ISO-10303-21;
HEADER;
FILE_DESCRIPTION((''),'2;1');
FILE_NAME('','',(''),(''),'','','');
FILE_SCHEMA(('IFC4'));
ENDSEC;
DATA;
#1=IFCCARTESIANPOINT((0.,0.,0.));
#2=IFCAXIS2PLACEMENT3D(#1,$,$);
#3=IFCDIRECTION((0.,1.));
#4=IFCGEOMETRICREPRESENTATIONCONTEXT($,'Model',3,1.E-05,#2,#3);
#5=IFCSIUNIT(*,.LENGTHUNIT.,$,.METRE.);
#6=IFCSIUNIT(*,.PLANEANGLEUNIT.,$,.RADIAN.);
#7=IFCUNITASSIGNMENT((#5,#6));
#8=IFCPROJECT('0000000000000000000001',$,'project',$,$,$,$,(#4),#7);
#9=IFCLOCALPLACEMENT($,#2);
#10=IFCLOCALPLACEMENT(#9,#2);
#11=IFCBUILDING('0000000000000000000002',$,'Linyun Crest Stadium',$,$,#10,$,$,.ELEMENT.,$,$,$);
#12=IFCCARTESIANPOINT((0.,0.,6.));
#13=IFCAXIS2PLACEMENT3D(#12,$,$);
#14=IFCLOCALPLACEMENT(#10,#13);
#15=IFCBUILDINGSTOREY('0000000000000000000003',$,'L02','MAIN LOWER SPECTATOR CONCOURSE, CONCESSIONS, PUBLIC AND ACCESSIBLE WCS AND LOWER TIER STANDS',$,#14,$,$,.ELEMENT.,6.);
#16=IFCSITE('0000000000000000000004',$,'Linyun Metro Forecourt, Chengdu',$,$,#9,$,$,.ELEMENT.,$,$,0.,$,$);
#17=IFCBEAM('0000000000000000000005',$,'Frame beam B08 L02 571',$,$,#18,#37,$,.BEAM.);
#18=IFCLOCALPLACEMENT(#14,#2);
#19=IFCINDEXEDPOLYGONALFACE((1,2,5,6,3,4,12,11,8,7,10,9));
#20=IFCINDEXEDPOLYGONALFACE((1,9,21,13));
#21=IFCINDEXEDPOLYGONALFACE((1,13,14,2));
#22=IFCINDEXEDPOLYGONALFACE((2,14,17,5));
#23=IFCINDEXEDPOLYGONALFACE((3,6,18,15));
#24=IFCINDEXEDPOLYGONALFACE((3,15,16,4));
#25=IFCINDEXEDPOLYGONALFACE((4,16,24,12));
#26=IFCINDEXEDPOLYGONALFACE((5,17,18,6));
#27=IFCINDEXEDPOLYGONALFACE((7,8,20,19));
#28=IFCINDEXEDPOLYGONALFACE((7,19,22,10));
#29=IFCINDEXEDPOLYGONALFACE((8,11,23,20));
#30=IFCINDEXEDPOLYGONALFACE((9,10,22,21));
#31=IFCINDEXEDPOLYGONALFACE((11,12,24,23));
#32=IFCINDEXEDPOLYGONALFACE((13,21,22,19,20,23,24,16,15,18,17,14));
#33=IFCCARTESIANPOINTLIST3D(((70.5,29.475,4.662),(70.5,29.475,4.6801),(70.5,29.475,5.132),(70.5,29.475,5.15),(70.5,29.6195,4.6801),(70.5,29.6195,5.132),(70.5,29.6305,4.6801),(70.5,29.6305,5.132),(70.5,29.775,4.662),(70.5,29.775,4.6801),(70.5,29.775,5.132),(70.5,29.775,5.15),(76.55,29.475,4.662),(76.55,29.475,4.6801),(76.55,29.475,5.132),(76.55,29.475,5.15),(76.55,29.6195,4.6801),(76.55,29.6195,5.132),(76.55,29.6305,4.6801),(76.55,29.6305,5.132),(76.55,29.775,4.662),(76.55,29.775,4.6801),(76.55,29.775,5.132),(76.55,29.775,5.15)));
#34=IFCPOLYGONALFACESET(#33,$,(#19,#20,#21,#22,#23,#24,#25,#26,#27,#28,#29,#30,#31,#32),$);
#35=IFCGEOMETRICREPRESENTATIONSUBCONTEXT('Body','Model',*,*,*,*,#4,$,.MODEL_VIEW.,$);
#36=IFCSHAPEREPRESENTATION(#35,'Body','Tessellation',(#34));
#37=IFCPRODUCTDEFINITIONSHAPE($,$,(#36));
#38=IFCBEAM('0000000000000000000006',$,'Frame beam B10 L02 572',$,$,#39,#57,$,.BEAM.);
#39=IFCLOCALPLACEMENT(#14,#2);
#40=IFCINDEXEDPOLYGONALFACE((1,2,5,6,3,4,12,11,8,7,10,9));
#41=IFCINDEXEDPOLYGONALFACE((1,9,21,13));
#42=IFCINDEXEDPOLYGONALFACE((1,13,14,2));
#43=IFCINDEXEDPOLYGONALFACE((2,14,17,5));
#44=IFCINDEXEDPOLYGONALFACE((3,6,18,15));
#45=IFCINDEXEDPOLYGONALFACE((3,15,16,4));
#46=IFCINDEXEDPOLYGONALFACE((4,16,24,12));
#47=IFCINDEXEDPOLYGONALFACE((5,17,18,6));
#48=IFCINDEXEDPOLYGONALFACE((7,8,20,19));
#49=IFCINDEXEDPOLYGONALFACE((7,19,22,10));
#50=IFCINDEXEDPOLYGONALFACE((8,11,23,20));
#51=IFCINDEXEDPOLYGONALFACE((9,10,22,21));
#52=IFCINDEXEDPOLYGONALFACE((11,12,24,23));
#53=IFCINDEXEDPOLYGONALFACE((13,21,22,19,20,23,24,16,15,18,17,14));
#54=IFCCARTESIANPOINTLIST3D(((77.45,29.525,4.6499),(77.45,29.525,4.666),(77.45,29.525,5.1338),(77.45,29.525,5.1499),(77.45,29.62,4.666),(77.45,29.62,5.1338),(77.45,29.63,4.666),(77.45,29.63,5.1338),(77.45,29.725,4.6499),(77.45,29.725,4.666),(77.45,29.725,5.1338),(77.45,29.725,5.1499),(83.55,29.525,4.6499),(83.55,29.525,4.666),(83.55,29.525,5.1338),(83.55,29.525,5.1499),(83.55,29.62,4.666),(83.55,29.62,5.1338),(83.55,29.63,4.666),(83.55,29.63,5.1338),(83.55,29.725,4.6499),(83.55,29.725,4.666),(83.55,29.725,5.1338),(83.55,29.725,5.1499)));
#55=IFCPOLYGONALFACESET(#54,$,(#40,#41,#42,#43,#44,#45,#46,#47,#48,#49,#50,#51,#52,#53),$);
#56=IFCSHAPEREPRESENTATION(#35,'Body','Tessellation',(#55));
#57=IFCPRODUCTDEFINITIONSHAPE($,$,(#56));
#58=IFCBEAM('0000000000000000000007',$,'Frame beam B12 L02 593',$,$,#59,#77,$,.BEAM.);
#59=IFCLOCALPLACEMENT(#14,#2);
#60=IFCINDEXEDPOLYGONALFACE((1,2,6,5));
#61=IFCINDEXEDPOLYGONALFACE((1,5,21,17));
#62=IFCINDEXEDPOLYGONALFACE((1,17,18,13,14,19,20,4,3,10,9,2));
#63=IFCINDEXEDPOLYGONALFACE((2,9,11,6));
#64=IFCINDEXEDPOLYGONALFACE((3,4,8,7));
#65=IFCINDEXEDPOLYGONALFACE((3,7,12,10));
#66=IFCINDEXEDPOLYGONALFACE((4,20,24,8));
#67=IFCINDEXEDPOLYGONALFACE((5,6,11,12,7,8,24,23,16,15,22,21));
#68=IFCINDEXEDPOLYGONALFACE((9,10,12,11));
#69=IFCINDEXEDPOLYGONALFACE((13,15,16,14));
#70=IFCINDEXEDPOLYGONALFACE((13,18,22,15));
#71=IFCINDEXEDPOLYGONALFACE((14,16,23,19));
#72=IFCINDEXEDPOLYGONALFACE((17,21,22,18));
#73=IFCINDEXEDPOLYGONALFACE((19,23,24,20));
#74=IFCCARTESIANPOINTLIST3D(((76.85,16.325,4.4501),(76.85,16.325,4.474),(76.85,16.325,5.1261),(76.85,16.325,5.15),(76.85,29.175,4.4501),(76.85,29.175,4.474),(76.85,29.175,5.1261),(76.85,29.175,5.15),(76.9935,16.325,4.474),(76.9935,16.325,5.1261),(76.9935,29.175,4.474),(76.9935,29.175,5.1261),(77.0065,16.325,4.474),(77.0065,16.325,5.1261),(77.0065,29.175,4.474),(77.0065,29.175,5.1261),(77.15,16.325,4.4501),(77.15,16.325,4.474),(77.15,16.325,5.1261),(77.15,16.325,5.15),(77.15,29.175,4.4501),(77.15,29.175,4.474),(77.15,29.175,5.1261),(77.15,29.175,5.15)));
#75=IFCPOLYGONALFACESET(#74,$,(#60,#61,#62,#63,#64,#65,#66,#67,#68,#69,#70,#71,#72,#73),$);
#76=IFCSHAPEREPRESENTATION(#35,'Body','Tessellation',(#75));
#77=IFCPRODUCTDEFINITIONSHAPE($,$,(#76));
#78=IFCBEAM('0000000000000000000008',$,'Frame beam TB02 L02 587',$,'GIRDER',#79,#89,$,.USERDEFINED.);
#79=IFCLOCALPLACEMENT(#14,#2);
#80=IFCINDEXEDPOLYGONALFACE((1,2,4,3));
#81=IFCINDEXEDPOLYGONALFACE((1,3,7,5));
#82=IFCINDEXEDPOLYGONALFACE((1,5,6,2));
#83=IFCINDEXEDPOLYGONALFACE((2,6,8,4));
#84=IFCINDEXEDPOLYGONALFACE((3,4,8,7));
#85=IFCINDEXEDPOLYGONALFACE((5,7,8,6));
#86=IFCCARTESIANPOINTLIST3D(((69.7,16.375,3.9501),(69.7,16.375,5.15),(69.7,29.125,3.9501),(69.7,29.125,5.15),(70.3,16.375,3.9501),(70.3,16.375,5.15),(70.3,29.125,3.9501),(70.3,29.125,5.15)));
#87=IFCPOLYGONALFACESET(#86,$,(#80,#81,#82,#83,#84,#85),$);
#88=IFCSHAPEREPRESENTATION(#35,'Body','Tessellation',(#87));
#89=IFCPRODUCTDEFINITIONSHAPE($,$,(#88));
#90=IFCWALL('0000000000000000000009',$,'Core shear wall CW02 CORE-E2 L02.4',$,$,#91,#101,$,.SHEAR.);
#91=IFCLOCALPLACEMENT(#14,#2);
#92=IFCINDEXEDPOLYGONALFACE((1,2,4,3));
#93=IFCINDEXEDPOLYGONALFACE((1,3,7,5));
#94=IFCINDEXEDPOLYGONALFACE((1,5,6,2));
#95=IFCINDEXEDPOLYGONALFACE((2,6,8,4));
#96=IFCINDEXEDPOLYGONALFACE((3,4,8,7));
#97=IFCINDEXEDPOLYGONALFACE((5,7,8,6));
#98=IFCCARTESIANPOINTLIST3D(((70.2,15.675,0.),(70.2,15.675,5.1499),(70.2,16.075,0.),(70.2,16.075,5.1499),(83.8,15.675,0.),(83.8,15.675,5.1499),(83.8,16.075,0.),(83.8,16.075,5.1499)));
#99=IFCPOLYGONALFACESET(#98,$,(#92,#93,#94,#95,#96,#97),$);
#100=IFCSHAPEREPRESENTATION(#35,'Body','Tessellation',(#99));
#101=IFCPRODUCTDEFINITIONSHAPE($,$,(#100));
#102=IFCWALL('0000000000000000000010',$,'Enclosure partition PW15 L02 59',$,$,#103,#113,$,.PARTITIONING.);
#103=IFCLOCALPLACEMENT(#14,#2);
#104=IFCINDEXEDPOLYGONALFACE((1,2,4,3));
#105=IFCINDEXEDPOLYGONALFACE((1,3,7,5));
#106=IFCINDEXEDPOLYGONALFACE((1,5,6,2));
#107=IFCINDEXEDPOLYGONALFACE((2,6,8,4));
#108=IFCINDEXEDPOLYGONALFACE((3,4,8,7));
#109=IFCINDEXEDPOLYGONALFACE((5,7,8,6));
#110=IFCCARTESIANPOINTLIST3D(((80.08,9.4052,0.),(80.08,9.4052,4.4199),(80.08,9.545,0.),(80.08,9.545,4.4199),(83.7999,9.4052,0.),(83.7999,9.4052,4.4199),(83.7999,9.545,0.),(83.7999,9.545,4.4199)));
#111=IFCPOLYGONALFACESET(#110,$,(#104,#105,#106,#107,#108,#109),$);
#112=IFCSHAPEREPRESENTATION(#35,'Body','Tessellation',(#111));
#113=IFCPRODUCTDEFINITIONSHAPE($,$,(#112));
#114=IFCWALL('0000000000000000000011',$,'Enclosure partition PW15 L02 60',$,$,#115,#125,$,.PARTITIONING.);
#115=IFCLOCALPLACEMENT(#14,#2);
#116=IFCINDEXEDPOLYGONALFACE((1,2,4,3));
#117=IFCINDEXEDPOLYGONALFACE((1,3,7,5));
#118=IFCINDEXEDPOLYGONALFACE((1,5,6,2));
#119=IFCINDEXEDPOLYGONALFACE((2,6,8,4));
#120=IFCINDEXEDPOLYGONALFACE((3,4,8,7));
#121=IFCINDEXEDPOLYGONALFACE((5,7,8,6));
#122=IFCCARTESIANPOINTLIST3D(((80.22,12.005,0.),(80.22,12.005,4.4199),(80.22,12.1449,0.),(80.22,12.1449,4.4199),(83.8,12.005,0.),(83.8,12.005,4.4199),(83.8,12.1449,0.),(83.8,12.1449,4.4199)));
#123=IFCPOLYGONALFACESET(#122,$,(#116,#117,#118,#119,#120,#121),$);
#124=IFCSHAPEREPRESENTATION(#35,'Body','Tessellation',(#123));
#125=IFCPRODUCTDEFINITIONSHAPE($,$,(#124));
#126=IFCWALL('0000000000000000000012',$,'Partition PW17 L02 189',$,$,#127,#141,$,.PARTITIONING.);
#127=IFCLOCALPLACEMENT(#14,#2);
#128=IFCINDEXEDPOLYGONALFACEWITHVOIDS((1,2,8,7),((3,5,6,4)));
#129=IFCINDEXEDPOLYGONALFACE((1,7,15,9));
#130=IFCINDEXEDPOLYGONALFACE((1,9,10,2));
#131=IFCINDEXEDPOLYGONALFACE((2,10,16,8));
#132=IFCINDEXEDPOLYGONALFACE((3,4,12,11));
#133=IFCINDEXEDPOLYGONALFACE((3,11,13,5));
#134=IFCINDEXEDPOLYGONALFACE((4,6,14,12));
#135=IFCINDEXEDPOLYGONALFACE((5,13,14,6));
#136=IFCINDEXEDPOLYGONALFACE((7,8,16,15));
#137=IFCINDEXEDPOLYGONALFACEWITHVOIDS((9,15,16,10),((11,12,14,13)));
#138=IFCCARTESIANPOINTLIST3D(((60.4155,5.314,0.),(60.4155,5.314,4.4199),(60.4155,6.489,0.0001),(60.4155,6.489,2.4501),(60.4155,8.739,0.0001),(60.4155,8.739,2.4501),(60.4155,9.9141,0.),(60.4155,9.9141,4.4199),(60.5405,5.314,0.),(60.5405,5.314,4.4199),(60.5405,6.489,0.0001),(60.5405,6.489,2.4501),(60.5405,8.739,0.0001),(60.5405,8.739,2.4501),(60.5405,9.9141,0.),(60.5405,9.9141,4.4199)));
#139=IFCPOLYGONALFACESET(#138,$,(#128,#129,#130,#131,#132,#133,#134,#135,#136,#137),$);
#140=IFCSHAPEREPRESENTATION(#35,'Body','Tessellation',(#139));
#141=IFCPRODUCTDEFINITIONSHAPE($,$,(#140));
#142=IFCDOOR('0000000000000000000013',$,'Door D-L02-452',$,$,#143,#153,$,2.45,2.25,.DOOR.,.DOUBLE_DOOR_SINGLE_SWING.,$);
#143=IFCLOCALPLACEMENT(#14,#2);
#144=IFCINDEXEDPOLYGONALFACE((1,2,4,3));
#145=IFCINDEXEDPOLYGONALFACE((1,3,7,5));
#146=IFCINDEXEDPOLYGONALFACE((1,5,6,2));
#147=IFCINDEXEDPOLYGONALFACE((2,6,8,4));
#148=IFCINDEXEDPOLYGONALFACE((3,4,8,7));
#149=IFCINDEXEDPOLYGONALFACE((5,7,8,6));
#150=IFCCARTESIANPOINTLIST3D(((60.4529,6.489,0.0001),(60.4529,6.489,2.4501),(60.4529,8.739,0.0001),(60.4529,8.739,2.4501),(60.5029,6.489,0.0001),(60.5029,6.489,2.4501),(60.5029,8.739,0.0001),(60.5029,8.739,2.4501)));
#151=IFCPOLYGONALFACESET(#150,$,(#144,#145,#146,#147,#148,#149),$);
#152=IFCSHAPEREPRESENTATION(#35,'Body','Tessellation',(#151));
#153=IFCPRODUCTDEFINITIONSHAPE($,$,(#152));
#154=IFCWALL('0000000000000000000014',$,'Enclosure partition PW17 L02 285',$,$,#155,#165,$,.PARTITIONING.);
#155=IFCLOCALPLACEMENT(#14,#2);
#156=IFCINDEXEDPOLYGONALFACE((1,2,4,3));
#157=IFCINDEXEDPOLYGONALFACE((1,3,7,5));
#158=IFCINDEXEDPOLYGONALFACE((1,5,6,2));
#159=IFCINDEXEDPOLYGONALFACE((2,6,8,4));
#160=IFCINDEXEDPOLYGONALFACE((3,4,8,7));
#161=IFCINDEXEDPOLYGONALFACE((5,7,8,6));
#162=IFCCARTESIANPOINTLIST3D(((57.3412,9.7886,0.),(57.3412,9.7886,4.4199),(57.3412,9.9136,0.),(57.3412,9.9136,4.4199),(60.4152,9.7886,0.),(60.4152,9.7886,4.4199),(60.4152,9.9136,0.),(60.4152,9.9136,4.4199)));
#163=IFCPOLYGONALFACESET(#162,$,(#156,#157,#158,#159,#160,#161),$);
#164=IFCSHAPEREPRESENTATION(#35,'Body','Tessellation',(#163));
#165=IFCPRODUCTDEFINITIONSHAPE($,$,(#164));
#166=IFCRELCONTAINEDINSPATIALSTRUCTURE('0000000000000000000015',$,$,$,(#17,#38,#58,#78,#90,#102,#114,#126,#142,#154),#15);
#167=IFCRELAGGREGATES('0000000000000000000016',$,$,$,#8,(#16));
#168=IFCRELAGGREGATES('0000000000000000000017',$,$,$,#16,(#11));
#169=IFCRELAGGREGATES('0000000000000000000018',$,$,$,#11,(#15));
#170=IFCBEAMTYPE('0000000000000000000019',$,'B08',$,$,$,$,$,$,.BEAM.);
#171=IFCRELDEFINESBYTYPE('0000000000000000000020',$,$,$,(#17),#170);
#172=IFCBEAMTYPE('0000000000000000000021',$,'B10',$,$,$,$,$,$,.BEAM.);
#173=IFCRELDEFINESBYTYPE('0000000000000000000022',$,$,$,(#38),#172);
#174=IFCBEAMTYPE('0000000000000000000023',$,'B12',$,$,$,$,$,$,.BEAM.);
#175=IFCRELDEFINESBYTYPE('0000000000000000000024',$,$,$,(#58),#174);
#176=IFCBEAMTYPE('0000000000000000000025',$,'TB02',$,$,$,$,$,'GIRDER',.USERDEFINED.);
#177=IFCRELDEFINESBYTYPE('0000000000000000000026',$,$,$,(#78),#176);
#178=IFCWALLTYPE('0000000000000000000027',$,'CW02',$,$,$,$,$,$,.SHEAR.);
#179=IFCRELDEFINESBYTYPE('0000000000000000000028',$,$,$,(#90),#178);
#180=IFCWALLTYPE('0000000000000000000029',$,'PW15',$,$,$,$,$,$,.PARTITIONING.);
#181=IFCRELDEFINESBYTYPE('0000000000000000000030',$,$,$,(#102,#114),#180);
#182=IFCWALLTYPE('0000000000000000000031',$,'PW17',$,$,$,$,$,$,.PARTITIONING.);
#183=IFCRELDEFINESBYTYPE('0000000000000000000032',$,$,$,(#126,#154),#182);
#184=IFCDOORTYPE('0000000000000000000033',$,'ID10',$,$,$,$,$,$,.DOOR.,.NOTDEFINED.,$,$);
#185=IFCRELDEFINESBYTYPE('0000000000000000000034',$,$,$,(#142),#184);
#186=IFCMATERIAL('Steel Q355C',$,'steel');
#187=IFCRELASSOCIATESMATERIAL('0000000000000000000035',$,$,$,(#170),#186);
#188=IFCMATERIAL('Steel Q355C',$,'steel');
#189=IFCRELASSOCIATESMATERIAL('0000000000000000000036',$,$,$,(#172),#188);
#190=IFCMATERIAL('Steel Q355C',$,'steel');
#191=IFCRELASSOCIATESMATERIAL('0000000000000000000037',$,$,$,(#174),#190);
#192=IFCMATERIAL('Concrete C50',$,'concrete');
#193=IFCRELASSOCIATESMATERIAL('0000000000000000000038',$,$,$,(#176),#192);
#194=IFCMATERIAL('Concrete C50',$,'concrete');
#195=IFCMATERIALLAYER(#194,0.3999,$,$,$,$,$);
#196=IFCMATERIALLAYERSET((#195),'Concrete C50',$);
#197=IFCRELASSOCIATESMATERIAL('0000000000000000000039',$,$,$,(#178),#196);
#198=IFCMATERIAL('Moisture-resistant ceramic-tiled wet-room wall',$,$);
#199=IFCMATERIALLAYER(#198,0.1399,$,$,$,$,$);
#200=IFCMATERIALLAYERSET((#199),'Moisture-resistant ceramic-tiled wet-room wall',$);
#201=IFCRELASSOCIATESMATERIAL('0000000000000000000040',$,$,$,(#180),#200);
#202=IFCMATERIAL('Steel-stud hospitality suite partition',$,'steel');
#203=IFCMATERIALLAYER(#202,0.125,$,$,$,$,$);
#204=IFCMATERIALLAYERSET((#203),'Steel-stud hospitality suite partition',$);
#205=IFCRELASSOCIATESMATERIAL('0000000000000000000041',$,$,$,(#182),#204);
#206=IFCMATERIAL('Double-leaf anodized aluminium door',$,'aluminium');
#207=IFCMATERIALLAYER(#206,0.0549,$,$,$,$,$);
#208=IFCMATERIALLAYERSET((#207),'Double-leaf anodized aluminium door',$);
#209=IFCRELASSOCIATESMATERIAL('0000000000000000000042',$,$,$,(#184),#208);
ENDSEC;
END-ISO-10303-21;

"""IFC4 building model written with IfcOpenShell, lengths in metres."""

from ifc_helpers import new_model, si_unit, direction, frame, frame_2d, origin, origin_2d, place, context, subcontext, project, spatial, rectangle, i_section, extrude, material, layer, layer_set, material_profile, profile_set, type_object, element, fill, save


model = new_model("IFC4")

# Units and contexts
model_context = context("Model", 3, precision=1e-05, world=origin(), true_north=direction((0.0, 1.0)))
body_context = subcontext(model_context, "Body", "Model", "MODEL_VIEW")
ifc_project = project(units=[si_unit("LENGTHUNIT", "METRE"), si_unit("PLANEANGLEUNIT", "RADIAN")], contexts=[model_context])

# Site, building, storey
site_placement = place(None, origin())
site = spatial("IfcSite", under=ifc_project, at=site_placement, Name="Linyun Metro Forecourt, Chengdu", CompositionType="ELEMENT", RefElevation=0.0)
building_placement = place(site_placement, origin())
building = spatial("IfcBuilding", under=site, at=building_placement, Name="Linyun Crest Stadium", CompositionType="ELEMENT")
storey_placement = place(building_placement, frame((0.0, 0.0, 6.0)))
storey = spatial("IfcBuildingStorey", under=building, at=storey_placement, Name="L02", Description="MAIN LOWER SPECTATOR CONCOURSE, CONCESSIONS, PUBLIC AND ACCESSIBLE WCS AND LOWER TIER STANDS", CompositionType="ELEMENT", Elevation=6.0)

# Beams
ifc_material_1 = material(Name="Steel Q355C", Category="steel")
ifc_material_profile_1 = material_profile(ifc_material_1, i_section(OverallWidth=0.3, OverallDepth=0.488, WebThickness=0.011, FlangeThickness=0.0181, at=origin_2d()), Name="HM 488x300")
ifc_profile_set_1 = profile_set([ifc_material_profile_1], Name="Steel Q355C")
beam_type_1 = type_object("IfcBeamType", Name="B08", PredefinedType="BEAM", material=ifc_profile_set_1)
beam_1_placement = place(storey_placement, frame((70.5, 29.625, 4.906), z_axis=(1.0, 0.0, 0.0), x_axis=(0.0, 1.0, 0.0)))
element("IfcBeam", 1, at=beam_1_placement, inside=storey, type_object=beam_type_1, Name="Frame beam B08 L02 571", PredefinedType="BEAM", context=body_context, shape_type="SweptSolid", body=[
    extrude(i_section(OverallWidth=0.3, OverallDepth=0.488, WebThickness=0.011, FlangeThickness=0.0181, at=origin_2d()), origin(), (0.0, 0.0, 1.0), 6.05),
])
ifc_material_2 = material(Name="Steel Q355C", Category="steel")
ifc_material_profile_2 = material_profile(ifc_material_2, i_section(OverallWidth=0.2, OverallDepth=0.5, WebThickness=0.01, FlangeThickness=0.0161, at=origin_2d()), Name="HN 500x200")
ifc_profile_set_2 = profile_set([ifc_material_profile_2], Name="Steel Q355C")
beam_type_2 = type_object("IfcBeamType", Name="B10", PredefinedType="BEAM", material=ifc_profile_set_2)
beam_2_placement = place(storey_placement, frame((77.45, 29.625, 4.8999), z_axis=(1.0, 0.0, 0.0), x_axis=(0.0, 1.0, 0.0)))
element("IfcBeam", 2, at=beam_2_placement, inside=storey, type_object=beam_type_2, Name="Frame beam B10 L02 572", PredefinedType="BEAM", context=body_context, shape_type="SweptSolid", body=[
    extrude(i_section(OverallWidth=0.2, OverallDepth=0.5, WebThickness=0.01, FlangeThickness=0.0161, at=origin_2d()), origin(), (0.0, 0.0, 1.0), 6.1001),
])
ifc_material_3 = material(Name="Steel Q355C", Category="steel")
ifc_material_profile_3 = material_profile(ifc_material_3, i_section(OverallWidth=0.3, OverallDepth=0.7, WebThickness=0.0129, FlangeThickness=0.0239, at=origin_2d()), Name="HN 700x300")
ifc_profile_set_3 = profile_set([ifc_material_profile_3], Name="Steel Q355C")
beam_type_3 = type_object("IfcBeamType", Name="B12", PredefinedType="BEAM", material=ifc_profile_set_3)
beam_3_placement = place(storey_placement, frame((77.0, 16.325, 4.8), z_axis=(0.0, 1.0, 0.0), x_axis=(-1.0, 0.0, 0.0)))
element("IfcBeam", 3, at=beam_3_placement, inside=storey, type_object=beam_type_3, Name="Frame beam B12 L02 593", PredefinedType="BEAM", context=body_context, shape_type="SweptSolid", body=[
    extrude(i_section(OverallWidth=0.3, OverallDepth=0.7, WebThickness=0.0129, FlangeThickness=0.0239, at=origin_2d()), origin(), (0.0, 0.0, 1.0), 12.8501),
])
ifc_material_4 = material(Name="Concrete C50", Category="concrete")
ifc_material_profile_4 = material_profile(ifc_material_4, rectangle(XDim=0.6001, YDim=1.2, at=origin_2d()), Name="RCB 1200x600")
ifc_profile_set_4 = profile_set([ifc_material_profile_4], Name="Concrete C50")
beam_type_4 = type_object("IfcBeamType", Name="TB02", ElementType="GIRDER", PredefinedType="USERDEFINED", material=ifc_profile_set_4)
beam_4_placement = place(storey_placement, frame((70.0, 16.375, 4.55), z_axis=(0.0, 1.0, 0.0), x_axis=(-1.0, 0.0, 0.0)))
element("IfcBeam", 4, at=beam_4_placement, inside=storey, type_object=beam_type_4, Name="Frame beam TB02 L02 587", ObjectType="GIRDER", PredefinedType="USERDEFINED", context=body_context, shape_type="SweptSolid", body=[
    extrude(rectangle(XDim=0.6001, YDim=1.2, at=origin_2d()), origin(), (0.0, 0.0, 1.0), 12.75),
])

# Wall
ifc_material_5 = material(Name="Concrete C50", Category="concrete")
ifc_layer_1 = layer(ifc_material_5, 0.3999)
ifc_layer_set_1 = layer_set([ifc_layer_1], Name="Concrete C50")
wall_type_1 = type_object("IfcWallType", Name="CW02", PredefinedType="SHEAR", material=ifc_layer_set_1)
wall_1_placement = place(storey_placement, frame((70.2, 15.875, 0.0), z_axis=(0.0, 0.0, 1.0), x_axis=(1.0, 0.0, 0.0)))
element("IfcWall", 5, at=wall_1_placement, inside=storey, type_object=wall_type_1, Name="Core shear wall CW02 CORE-E2 L02.4", PredefinedType="SHEAR", context=body_context, shape_type="SweptSolid", body=[
    extrude(rectangle(XDim=13.6001, YDim=0.3999, at=frame_2d((6.8, 0.0))), origin(), (0.0, 0.0, 1.0), 5.1499),
])

# Shared definitions
ifc_material_6 = material(Name="Moisture-resistant ceramic-tiled wet-room wall")
ifc_layer_2 = layer(ifc_material_6, 0.1399)
ifc_layer_set_2 = layer_set([ifc_layer_2], Name="Moisture-resistant ceramic-tiled wet-room wall")
wall_type_2 = type_object("IfcWallType", Name="PW15", PredefinedType="PARTITIONING", material=ifc_layer_set_2)

# Walls
wall_2_placement = place(storey_placement, frame((80.0801, 9.4751, 0.0), z_axis=(0.0, 0.0, 1.0), x_axis=(1.0, 0.0, 0.0)))
element("IfcWall", 6, at=wall_2_placement, inside=storey, type_object=wall_type_2, Name="Enclosure partition PW15 L02 59", PredefinedType="PARTITIONING", context=body_context, shape_type="SweptSolid", body=[
    extrude(rectangle(XDim=3.72, YDim=0.1399, at=frame_2d((1.8599, 0.0))), origin(), (0.0, 0.0, 1.0), 4.4199),
])
wall_3_placement = place(storey_placement, frame((80.22, 12.075, 0.0), z_axis=(0.0, 0.0, 1.0), x_axis=(1.0, 0.0, 0.0)))
element("IfcWall", 7, at=wall_3_placement, inside=storey, type_object=wall_type_2, Name="Enclosure partition PW15 L02 60", PredefinedType="PARTITIONING", context=body_context, shape_type="SweptSolid", body=[
    extrude(rectangle(XDim=3.5801, YDim=0.1399, at=frame_2d((1.79, 0.0))), origin(), (0.0, 0.0, 1.0), 4.4199),
])

# Wall, opening, door
ifc_material_7 = material(Name="Steel-stud hospitality suite partition", Category="steel")
ifc_layer_3 = layer(ifc_material_7, 0.125)
ifc_layer_set_3 = layer_set([ifc_layer_3], Name="Steel-stud hospitality suite partition")
wall_type_3 = type_object("IfcWallType", Name="PW17", PredefinedType="PARTITIONING", material=ifc_layer_set_3)
wall_4_placement = place(storey_placement, frame((60.478, 9.9141, 0.0), z_axis=(0.0, 0.0, 1.0), x_axis=(0.0, -1.0, 0.0)))
wall_4 = element("IfcWall", 8, at=wall_4_placement, inside=storey, type_object=wall_type_3, Name="Partition PW17 L02 189", PredefinedType="PARTITIONING", context=body_context, shape_type="SweptSolid", body=[
    extrude(rectangle(XDim=4.6001, YDim=0.125, at=frame_2d((2.3, 0.0))), origin(), (0.0, 0.0, 1.0), 4.4199),
])
opening_1_placement = place(wall_4_placement, frame((1.175, 0.0, 0.0)))
opening_1 = element("IfcOpeningElement", 9, at=opening_1_placement, cuts=wall_4, PredefinedType="OPENING", context=body_context, shape_type="SweptSolid", body=[
    extrude(rectangle(XDim=2.25, YDim=2.45, at=frame_2d((1.125, 1.2251))), frame((0.0, 0.0725, 0.0), z_axis=(0.0, -1.0, 0.0), x_axis=(1.0, 0.0, 0.0)), (0.0, 0.0, 1.0), 0.145),
])
ifc_material_8 = material(Name="Double-leaf anodized aluminium door", Category="aluminium")
ifc_layer_4 = layer(ifc_material_8, 0.0549)
ifc_layer_set_4 = layer_set([ifc_layer_4], Name="Double-leaf anodized aluminium door")
door_type_1 = type_object("IfcDoorType", Name="ID10", OperationType="NOTDEFINED", PredefinedType="DOOR", material=ifc_layer_set_4)
door_1_placement = place(opening_1_placement, origin())
door_1 = element("IfcDoor", 10, at=door_1_placement, inside=storey, type_object=door_type_1, Name="Door D-L02-452", OperationType="DOUBLE_DOOR_SINGLE_SWING", OverallHeight=2.45, OverallWidth=2.25, PredefinedType="DOOR", context=body_context, shape_type="SweptSolid", body=[
    extrude(rectangle(XDim=2.25, YDim=2.45, at=frame_2d((1.125, 1.2251))), frame((0.0, 0.0249, 0.0), z_axis=(0.0, -1.0, 0.0), x_axis=(1.0, 0.0, 0.0)), (0.0, 0.0, 1.0), 0.05),
])
fill(opening_1, door_1)

# Wall
wall_5_placement = place(storey_placement, frame((57.3411, 9.8511, 0.0), z_axis=(0.0, 0.0, 1.0), x_axis=(1.0, 0.0, 0.0)))
element("IfcWall", 11, at=wall_5_placement, inside=storey, type_object=wall_type_3, Name="Enclosure partition PW17 L02 285", PredefinedType="PARTITIONING", context=body_context, shape_type="SweptSolid", body=[
    extrude(rectangle(XDim=3.074, YDim=0.125, at=frame_2d((1.5371, 0.0))), origin(), (0.0, 0.0, 1.0), 4.4199),
])

save(model, "model.ifc")
